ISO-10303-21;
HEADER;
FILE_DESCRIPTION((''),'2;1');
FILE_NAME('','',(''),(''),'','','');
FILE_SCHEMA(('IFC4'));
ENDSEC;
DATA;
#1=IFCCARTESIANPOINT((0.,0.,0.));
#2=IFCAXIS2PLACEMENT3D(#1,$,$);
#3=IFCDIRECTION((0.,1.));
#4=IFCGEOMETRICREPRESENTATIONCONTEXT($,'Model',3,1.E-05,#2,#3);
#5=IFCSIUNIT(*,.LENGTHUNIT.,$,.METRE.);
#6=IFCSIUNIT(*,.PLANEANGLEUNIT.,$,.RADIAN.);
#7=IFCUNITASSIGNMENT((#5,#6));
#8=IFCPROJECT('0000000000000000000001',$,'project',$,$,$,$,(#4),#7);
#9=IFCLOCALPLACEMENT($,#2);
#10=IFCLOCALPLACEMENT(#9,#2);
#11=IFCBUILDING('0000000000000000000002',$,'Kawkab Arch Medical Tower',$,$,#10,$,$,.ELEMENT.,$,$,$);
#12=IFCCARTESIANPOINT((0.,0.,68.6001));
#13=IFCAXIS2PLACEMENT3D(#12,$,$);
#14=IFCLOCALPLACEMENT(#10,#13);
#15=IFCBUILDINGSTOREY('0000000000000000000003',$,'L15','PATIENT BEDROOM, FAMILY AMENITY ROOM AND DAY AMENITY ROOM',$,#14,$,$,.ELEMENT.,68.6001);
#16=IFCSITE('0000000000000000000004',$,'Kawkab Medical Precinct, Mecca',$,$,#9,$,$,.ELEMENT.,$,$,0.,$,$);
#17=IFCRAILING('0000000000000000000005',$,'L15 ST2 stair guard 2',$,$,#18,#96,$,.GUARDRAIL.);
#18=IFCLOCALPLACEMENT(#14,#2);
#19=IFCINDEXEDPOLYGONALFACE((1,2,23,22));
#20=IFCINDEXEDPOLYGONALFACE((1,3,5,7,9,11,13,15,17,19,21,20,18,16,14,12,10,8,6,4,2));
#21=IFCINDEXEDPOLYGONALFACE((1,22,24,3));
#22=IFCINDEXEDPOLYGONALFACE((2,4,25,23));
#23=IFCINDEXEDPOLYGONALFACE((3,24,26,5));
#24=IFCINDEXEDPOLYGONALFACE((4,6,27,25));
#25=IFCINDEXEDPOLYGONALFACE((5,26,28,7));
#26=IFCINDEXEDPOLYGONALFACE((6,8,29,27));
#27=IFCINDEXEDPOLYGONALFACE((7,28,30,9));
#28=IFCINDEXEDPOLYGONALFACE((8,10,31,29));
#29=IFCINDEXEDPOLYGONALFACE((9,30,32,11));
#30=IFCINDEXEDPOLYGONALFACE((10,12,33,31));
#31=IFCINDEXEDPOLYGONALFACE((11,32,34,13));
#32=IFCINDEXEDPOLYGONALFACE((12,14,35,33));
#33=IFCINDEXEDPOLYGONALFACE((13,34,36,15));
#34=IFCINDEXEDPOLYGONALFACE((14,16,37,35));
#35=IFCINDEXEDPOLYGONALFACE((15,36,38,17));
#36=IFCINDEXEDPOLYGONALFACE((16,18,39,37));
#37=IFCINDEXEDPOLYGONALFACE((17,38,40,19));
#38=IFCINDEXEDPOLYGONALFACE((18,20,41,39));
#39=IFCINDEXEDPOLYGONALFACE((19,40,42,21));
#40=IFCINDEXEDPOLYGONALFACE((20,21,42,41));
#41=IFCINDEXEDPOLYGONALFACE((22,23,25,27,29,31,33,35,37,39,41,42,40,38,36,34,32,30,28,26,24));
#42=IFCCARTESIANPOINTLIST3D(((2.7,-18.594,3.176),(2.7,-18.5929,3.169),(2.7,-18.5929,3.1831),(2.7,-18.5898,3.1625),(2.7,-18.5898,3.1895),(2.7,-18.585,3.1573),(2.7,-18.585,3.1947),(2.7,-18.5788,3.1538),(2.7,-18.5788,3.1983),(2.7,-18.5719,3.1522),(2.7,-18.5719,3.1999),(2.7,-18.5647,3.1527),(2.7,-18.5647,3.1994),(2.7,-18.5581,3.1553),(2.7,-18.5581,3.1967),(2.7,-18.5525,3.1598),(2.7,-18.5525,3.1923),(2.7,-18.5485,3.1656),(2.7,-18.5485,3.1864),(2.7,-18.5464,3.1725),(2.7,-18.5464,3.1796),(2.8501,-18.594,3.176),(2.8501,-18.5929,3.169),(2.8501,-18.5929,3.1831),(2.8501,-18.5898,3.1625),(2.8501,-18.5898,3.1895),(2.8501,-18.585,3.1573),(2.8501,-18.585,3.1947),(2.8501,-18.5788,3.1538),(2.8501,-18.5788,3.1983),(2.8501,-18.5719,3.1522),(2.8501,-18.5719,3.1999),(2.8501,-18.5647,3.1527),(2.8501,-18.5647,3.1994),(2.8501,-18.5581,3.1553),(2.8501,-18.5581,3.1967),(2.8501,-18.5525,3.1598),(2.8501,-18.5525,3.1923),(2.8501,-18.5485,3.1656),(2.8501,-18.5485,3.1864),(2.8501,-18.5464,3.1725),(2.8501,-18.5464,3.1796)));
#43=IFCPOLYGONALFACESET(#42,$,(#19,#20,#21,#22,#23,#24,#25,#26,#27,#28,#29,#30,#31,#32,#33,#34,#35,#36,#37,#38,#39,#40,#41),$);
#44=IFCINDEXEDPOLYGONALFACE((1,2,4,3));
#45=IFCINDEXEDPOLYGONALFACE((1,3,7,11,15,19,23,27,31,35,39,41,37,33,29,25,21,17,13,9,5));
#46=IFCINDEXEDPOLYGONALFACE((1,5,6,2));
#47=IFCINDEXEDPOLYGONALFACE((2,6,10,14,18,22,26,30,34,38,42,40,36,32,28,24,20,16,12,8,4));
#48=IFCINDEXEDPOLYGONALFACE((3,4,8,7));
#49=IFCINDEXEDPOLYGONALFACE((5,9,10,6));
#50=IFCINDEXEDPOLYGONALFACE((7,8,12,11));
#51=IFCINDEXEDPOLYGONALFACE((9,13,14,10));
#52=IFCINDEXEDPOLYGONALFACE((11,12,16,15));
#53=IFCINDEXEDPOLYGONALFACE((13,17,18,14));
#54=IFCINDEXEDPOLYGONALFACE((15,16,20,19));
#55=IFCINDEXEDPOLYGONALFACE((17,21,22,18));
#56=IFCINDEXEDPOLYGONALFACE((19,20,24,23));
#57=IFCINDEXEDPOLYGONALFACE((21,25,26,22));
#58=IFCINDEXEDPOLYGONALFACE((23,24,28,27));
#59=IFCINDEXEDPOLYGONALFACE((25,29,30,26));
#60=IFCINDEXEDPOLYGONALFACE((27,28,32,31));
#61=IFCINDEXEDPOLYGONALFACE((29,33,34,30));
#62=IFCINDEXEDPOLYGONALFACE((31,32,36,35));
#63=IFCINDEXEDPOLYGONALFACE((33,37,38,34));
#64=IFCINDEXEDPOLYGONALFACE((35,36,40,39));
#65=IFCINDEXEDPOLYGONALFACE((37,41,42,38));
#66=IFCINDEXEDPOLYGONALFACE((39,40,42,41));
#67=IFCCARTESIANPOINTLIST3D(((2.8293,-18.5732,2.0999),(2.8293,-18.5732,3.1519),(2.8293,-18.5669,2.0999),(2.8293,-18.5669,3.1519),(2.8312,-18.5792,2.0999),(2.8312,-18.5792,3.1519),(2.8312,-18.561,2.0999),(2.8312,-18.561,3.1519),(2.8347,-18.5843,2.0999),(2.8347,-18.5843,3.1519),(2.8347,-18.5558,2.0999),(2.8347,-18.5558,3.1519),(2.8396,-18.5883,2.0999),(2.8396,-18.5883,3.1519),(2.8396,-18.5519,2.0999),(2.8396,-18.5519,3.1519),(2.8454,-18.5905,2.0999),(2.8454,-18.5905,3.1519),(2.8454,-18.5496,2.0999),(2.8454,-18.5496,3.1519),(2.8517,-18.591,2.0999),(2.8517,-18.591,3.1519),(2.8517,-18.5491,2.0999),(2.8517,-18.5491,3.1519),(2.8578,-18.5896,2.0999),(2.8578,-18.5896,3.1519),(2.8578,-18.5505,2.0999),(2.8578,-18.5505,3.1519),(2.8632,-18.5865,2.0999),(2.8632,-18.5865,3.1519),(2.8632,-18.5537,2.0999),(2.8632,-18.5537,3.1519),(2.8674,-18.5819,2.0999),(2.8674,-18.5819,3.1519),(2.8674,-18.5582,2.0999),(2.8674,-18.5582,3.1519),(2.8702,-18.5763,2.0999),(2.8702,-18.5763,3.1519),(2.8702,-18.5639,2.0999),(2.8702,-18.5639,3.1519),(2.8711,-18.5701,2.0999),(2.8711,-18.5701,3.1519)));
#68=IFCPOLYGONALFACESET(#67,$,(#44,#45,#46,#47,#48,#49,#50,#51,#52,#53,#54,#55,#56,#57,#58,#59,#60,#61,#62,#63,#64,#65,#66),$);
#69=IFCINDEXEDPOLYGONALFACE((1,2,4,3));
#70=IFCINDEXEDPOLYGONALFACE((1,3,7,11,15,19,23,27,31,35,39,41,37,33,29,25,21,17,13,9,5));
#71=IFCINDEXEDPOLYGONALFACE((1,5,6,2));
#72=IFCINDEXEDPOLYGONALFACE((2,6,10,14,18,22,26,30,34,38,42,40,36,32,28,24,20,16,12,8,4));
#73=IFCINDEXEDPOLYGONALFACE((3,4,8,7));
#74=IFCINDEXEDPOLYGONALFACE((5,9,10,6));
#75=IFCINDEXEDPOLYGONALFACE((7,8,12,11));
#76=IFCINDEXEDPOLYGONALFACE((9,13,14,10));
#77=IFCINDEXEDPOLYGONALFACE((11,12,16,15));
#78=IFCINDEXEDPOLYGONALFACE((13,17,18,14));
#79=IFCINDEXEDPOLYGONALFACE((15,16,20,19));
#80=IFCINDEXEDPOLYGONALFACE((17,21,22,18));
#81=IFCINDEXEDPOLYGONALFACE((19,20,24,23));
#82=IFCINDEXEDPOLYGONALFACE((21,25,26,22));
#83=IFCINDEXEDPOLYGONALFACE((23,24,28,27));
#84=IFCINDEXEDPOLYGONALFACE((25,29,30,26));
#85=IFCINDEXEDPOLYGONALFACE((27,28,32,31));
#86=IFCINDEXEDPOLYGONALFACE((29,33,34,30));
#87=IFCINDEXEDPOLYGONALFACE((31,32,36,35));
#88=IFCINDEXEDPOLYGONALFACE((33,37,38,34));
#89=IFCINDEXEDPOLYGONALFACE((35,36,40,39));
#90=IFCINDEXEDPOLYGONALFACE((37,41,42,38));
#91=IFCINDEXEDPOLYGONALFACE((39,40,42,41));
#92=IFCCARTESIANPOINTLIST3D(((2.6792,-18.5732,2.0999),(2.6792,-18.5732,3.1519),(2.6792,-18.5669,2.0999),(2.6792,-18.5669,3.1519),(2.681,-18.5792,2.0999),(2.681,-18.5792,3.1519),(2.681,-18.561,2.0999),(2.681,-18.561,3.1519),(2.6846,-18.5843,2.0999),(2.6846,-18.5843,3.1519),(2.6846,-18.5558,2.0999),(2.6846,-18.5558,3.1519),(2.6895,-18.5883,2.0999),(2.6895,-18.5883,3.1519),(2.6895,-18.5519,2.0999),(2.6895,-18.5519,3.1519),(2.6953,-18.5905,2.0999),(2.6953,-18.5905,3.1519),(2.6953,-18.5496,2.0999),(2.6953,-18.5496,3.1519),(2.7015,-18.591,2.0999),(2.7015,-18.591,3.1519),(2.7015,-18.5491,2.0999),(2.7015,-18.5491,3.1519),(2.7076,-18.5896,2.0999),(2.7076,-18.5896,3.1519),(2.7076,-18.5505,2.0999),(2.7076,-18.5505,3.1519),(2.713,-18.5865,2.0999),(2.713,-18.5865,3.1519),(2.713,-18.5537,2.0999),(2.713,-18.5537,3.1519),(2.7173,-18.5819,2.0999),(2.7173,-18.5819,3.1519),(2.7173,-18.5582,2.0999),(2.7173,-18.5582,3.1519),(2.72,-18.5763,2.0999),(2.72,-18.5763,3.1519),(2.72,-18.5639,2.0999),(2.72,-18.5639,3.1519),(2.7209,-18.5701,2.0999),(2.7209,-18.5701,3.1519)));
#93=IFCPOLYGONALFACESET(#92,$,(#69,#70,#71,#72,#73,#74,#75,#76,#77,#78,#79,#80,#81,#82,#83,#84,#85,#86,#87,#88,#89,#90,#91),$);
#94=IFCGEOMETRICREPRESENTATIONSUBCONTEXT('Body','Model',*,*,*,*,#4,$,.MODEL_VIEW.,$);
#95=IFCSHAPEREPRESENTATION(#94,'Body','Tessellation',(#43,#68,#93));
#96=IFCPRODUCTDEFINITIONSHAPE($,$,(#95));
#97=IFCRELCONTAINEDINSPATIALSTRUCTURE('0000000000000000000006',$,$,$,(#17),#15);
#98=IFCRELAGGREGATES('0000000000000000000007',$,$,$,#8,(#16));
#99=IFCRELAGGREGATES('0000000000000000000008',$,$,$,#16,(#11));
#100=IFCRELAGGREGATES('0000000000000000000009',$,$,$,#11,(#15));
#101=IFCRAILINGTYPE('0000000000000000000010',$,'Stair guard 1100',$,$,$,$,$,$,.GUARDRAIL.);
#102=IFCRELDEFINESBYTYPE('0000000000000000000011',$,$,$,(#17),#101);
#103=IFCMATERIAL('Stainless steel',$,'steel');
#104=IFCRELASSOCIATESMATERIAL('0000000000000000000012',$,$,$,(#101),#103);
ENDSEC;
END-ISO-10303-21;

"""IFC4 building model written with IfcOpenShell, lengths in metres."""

from ifc_helpers import new_model, si_unit, direction, frame, origin, origin_2d, place, context, subcontext, project, spatial, circle, extrude, material, type_object, element, save


model = new_model("IFC4")

# Units and contexts
model_context = context("Model", 3, precision=1e-05, world=origin(), true_north=direction((0.0, 1.0)))
body_context = subcontext(model_context, "Body", "Model", "MODEL_VIEW")
ifc_project = project(units=[si_unit("LENGTHUNIT", "METRE"), si_unit("PLANEANGLEUNIT", "RADIAN")], contexts=[model_context])

# Site, building, storey
site_placement = place(None, origin())
site = spatial("IfcSite", under=ifc_project, at=site_placement, Name="Kawkab Medical Precinct, Mecca", CompositionType="ELEMENT", RefElevation=0.0)
building_placement = place(site_placement, origin())
building = spatial("IfcBuilding", under=site, at=building_placement, Name="Kawkab Arch Medical Tower", CompositionType="ELEMENT")
storey_placement = place(building_placement, frame((0.0, 0.0, 68.6001)))
storey = spatial("IfcBuildingStorey", under=building, at=storey_placement, Name="L15", Description="PATIENT BEDROOM, FAMILY AMENITY ROOM AND DAY AMENITY ROOM", CompositionType="ELEMENT", Elevation=68.6001)

# Railing
ifc_material_1 = material(Name="Stainless steel", Category="steel")
railing_type = type_object("IfcRailingType", Name="Stair guard 1100", PredefinedType="GUARDRAIL", material=ifc_material_1)
railing_1_placement = place(storey_placement, frame((2.8501, -18.5701, 2.0999)))
element("IfcRailing", 1, at=railing_1_placement, inside=storey, type_object=railing_type, Name="L15 ST2 stair guard 2", PredefinedType="GUARDRAIL", context=body_context, shape_type="SweptSolid", body=[
    extrude(circle(Radius=0.0239, at=origin_2d()), frame((0.0, 0.0, 1.0762), z_axis=(-1.0, 0.0, 0.0), x_axis=(0.0, -1.0, 0.0)), (0.0, 0.0, 1.0), 0.1501),
    extrude(circle(Radius=0.021, at=origin_2d()), origin(), (0.0, 0.0, 1.0), 1.052),
    extrude(circle(Radius=0.021, at=origin_2d()), frame((-0.1501, 0.0, 0.0)), (0.0, 0.0, 1.0), 1.052),
])

save(model, "model.ifc")
